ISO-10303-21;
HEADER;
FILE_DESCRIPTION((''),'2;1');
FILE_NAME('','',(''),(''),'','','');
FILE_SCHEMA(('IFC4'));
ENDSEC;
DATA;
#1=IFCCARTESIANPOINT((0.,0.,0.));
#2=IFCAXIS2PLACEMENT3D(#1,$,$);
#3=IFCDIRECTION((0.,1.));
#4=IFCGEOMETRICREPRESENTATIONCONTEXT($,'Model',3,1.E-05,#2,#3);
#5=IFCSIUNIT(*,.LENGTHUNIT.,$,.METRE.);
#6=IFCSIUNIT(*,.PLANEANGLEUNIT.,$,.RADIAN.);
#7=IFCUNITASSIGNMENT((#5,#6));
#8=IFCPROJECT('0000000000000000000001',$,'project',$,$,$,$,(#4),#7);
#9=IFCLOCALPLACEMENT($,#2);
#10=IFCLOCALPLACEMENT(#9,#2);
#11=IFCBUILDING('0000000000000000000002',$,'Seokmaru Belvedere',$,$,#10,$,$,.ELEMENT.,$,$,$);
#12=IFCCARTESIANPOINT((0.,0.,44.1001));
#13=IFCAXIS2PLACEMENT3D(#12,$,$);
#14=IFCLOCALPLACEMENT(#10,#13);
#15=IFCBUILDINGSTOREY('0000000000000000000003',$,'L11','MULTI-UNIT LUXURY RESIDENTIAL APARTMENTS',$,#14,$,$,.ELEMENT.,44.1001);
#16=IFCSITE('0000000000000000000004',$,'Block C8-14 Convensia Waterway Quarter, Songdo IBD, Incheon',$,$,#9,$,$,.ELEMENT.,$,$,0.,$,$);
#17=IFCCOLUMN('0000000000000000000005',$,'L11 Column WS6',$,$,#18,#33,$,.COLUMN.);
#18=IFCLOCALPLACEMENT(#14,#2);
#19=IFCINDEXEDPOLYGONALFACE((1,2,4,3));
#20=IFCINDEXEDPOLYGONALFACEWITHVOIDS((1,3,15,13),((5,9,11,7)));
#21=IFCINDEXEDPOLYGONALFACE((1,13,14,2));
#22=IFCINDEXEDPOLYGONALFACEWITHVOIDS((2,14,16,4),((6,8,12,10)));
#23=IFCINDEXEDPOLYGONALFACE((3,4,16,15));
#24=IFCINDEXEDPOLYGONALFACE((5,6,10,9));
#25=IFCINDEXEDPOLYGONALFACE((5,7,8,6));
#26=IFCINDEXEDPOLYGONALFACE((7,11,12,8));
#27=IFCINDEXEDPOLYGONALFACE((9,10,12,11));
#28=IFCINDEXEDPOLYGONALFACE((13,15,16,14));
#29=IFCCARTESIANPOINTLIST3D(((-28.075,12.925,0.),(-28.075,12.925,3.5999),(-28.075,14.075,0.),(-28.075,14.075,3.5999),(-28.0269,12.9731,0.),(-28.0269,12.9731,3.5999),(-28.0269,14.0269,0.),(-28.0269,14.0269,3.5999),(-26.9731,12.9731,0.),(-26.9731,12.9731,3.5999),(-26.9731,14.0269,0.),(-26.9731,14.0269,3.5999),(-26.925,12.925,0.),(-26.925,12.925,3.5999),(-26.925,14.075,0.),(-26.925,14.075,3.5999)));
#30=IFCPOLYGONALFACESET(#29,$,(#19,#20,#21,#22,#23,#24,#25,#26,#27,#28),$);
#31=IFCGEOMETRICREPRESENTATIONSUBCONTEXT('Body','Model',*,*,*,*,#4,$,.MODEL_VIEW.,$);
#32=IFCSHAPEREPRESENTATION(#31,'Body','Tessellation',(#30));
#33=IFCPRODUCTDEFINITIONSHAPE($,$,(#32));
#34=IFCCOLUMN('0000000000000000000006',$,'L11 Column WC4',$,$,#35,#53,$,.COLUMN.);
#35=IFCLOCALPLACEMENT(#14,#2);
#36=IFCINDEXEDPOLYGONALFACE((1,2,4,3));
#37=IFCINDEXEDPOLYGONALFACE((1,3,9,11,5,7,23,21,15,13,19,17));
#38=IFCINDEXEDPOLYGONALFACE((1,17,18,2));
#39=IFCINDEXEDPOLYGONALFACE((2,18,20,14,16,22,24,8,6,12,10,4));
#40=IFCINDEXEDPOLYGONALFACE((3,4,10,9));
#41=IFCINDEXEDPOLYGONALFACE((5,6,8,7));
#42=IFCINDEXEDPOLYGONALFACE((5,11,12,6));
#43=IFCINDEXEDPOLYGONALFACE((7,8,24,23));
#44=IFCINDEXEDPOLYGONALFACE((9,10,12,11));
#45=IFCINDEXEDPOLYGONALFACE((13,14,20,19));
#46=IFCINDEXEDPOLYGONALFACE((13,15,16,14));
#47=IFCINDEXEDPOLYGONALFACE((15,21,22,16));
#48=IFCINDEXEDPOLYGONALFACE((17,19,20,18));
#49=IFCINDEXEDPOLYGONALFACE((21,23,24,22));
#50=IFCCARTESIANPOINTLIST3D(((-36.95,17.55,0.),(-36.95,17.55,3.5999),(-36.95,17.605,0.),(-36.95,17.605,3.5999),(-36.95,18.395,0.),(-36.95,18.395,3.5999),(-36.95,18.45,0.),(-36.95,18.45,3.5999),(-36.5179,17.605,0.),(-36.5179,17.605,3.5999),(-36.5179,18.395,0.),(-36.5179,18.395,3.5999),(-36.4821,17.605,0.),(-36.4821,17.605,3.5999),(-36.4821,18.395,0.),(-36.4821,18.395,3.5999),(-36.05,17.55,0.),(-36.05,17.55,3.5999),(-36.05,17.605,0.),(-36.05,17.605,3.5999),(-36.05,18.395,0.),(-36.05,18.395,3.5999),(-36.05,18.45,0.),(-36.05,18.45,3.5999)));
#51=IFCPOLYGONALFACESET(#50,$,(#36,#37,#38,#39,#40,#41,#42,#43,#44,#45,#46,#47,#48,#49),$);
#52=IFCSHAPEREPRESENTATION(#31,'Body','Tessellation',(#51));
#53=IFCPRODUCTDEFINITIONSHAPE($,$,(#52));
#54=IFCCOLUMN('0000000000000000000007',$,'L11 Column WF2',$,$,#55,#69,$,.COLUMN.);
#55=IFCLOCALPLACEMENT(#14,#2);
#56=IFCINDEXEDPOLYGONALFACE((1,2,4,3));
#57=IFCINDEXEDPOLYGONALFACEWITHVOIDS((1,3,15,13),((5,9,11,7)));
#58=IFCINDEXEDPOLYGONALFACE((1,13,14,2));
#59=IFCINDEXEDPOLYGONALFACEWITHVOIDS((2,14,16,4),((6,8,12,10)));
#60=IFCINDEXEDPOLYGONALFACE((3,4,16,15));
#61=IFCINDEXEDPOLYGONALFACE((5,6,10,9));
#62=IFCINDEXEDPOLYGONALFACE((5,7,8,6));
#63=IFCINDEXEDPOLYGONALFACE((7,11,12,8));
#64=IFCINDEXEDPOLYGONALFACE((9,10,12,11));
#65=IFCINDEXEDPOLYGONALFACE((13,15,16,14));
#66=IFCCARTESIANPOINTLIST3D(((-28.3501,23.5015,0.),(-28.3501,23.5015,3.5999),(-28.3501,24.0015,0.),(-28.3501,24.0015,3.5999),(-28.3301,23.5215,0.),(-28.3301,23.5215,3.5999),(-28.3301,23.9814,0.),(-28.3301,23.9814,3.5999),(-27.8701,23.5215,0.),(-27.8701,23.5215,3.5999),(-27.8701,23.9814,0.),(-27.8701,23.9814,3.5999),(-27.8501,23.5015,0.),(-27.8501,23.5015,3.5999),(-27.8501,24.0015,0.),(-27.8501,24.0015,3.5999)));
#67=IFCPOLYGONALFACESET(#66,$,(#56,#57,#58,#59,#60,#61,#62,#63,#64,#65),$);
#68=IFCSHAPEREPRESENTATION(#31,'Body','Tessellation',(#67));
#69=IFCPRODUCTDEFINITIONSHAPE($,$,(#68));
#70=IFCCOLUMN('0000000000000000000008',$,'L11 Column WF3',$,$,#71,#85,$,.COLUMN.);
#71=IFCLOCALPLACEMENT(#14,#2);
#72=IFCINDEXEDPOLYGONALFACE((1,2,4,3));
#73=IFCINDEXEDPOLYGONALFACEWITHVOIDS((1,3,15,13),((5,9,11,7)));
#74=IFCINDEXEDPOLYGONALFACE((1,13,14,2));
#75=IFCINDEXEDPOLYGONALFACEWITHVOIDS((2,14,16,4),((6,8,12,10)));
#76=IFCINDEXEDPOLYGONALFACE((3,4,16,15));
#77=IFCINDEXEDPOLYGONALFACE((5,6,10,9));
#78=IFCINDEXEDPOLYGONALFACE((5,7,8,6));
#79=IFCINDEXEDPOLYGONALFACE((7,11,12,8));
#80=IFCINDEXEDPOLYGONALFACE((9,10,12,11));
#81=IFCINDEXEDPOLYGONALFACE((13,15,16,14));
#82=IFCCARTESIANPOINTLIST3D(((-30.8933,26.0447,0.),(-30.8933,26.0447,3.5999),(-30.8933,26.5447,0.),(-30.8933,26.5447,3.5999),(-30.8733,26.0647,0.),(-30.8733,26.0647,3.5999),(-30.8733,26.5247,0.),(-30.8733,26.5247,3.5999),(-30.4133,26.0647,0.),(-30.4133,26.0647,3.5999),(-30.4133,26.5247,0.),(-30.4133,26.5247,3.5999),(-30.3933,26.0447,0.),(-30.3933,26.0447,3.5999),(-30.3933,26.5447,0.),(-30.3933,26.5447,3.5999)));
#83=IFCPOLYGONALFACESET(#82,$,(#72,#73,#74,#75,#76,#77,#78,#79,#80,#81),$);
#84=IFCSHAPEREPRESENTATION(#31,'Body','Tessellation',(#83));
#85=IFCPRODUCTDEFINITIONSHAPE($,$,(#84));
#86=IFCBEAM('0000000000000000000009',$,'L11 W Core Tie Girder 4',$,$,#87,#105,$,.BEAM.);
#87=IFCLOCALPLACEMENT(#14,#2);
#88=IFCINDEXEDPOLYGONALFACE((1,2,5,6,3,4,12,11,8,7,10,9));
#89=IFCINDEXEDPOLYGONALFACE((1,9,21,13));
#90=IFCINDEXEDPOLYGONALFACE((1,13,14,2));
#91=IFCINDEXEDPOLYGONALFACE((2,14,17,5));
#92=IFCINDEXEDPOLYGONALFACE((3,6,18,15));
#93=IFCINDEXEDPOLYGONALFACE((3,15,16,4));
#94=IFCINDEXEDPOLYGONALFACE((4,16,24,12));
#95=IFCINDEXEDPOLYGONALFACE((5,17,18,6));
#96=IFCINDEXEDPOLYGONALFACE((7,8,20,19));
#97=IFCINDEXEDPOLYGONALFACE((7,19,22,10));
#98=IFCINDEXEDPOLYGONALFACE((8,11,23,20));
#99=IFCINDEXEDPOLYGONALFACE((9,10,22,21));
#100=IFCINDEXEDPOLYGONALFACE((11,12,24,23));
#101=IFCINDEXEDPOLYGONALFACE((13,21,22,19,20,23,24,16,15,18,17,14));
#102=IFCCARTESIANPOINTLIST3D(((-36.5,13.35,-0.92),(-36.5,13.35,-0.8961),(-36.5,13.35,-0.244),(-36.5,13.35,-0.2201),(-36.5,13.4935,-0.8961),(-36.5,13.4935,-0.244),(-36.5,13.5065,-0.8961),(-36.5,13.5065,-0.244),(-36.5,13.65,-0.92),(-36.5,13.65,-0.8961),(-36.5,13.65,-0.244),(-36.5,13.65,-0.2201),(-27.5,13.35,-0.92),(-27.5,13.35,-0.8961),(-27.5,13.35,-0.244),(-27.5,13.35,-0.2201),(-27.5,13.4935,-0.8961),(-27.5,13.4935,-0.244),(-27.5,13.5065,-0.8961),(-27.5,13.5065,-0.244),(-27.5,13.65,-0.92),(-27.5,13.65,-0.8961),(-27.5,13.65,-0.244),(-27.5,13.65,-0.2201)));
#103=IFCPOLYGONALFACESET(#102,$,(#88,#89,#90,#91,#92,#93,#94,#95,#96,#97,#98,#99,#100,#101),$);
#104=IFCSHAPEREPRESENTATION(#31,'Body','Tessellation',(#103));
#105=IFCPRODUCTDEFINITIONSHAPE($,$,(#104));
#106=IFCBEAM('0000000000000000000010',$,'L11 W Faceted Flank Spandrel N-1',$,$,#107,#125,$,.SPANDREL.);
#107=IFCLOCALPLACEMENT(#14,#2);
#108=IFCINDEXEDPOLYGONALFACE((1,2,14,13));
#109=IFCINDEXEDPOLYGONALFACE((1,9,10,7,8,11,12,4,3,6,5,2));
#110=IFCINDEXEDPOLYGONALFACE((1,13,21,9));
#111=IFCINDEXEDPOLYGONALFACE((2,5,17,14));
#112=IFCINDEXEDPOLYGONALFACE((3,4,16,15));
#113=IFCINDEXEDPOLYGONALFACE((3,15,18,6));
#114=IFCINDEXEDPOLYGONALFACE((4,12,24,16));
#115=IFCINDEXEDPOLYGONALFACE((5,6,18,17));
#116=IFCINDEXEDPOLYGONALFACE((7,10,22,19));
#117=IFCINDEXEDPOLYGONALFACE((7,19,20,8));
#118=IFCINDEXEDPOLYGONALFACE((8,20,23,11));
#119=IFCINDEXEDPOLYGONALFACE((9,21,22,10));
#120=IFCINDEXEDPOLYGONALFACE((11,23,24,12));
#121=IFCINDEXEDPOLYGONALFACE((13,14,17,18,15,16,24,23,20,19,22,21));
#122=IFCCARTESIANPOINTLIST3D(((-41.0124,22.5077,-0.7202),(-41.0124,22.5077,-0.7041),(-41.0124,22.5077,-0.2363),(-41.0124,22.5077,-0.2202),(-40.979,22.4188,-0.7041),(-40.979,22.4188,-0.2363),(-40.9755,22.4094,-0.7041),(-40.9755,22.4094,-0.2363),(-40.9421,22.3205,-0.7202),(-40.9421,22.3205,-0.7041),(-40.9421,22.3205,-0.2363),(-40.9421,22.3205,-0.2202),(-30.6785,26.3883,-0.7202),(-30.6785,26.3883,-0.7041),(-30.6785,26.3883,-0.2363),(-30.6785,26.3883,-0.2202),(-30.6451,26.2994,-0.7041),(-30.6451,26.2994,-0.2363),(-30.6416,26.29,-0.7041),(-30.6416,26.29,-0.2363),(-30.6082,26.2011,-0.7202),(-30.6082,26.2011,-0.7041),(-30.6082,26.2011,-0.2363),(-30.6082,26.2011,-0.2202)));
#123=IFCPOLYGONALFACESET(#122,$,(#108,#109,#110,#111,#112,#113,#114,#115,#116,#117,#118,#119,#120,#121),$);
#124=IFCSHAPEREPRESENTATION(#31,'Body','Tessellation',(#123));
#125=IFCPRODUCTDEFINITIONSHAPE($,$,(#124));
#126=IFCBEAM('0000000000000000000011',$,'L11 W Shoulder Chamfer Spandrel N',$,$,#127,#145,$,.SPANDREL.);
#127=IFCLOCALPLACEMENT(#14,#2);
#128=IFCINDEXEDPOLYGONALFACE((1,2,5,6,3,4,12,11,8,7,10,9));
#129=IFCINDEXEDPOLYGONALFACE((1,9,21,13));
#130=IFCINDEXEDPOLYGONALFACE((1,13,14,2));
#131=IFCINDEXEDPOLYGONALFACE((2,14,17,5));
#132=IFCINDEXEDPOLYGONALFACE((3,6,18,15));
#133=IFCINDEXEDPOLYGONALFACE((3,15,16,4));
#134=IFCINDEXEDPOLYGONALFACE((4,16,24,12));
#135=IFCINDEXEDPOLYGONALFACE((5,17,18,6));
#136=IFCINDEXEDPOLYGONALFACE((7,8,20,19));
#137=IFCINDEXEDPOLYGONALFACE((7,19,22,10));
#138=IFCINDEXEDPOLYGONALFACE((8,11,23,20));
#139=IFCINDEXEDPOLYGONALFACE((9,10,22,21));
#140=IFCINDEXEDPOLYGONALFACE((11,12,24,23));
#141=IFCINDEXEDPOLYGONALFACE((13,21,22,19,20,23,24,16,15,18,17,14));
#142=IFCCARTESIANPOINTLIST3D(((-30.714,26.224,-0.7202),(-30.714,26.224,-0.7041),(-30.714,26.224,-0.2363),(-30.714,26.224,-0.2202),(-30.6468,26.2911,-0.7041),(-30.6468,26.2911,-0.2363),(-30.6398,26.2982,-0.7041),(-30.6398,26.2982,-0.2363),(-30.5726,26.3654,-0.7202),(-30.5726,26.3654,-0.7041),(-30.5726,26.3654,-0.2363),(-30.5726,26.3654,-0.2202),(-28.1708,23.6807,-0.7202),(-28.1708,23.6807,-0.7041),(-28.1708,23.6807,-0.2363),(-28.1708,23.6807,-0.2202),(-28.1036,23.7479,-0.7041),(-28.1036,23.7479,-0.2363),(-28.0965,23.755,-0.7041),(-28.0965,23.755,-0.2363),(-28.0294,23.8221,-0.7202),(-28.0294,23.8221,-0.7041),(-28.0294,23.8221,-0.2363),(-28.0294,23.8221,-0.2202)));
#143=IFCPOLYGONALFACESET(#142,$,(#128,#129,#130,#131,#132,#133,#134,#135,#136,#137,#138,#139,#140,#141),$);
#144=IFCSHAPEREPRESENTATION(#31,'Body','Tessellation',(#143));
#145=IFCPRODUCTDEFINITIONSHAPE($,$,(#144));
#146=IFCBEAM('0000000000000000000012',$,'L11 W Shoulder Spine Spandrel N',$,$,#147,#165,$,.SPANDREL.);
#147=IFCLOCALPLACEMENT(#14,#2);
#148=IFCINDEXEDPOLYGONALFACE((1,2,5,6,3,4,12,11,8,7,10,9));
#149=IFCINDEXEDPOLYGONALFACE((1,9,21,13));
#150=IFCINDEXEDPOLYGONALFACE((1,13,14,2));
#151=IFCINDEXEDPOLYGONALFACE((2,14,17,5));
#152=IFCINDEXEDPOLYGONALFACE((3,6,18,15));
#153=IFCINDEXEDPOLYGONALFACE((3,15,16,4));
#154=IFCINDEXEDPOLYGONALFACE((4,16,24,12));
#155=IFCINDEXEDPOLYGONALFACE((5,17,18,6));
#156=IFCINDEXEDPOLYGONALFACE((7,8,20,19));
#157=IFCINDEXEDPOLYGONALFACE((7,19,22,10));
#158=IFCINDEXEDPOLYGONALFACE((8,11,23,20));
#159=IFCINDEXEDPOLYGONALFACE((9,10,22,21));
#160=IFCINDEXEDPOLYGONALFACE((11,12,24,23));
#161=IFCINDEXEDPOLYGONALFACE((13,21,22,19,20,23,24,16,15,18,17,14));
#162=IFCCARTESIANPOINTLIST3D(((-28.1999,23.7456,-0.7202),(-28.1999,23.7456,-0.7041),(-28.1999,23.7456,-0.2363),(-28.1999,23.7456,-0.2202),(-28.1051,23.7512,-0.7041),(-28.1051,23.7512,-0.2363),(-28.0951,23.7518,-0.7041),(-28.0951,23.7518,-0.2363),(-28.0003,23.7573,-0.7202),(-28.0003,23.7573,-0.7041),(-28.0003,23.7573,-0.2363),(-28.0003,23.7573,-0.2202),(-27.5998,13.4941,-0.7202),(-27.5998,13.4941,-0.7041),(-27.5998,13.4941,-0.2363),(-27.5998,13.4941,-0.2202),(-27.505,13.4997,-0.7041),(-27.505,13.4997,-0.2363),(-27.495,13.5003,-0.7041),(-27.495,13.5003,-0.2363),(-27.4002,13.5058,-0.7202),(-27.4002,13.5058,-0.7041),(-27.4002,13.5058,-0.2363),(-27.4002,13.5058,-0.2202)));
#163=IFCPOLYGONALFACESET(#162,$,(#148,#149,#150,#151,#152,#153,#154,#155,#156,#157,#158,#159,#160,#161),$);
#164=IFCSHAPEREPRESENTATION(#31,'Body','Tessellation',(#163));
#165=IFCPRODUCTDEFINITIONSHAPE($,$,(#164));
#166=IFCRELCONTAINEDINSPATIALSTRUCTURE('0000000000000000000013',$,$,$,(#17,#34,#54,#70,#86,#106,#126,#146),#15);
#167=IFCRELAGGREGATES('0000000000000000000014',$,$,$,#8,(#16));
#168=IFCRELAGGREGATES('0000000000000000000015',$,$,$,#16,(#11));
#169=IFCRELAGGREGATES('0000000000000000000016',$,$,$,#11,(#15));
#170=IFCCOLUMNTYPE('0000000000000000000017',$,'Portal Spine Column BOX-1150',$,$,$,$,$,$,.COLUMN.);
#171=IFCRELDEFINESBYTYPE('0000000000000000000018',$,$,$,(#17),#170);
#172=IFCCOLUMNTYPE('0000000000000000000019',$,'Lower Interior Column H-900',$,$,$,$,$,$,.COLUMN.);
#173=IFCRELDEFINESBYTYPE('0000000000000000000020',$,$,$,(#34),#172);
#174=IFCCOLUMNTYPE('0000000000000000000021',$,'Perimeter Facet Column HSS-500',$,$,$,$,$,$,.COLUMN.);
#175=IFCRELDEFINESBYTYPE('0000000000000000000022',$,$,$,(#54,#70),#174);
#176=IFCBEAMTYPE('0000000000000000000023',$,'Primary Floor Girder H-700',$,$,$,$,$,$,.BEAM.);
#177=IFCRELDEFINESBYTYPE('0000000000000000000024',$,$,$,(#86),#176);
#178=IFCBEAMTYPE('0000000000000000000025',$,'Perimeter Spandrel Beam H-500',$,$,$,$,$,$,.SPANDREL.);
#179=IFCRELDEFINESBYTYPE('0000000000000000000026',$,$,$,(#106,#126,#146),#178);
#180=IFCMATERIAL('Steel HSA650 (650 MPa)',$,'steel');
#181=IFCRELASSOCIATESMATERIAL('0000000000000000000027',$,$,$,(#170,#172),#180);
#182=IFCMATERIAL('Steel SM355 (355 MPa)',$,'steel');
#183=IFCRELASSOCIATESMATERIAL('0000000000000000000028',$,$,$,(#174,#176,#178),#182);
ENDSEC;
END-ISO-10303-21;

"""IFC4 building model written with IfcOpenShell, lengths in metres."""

from ifc_helpers import new_model, si_unit, direction, frame, origin, origin_2d, place, context, subcontext, project, spatial, hollow_rectangle, i_section, extrude, source, transform, mapped, material, material_profile, profile_set, type_object, type_shapes, element, save


model = new_model("IFC4")

# Units and contexts
model_context = context("Model", 3, precision=1e-05, world=origin(), true_north=direction((0.0, 1.0)))
body_context = subcontext(model_context, "Body", "Model", "MODEL_VIEW")
ifc_project = project(units=[si_unit("LENGTHUNIT", "METRE"), si_unit("PLANEANGLEUNIT", "RADIAN")], contexts=[model_context])

# Site, building, storey
site_placement = place(None, origin())
site = spatial("IfcSite", under=ifc_project, at=site_placement, Name="Block C8-14 Convensia Waterway Quarter, Songdo IBD, Incheon", CompositionType="ELEMENT", RefElevation=0.0)
building_placement = place(site_placement, origin())
building = spatial("IfcBuilding", under=site, at=building_placement, Name="Seokmaru Belvedere", CompositionType="ELEMENT")
storey_placement = place(building_placement, frame((0.0, 0.0, 44.1001)))
storey = spatial("IfcBuildingStorey", under=building, at=storey_placement, Name="L11", Description="MULTI-UNIT LUXURY RESIDENTIAL APARTMENTS", CompositionType="ELEMENT", Elevation=44.1001)

# Columns
ifc_material_1 = material(Name="Steel HSA650 (650 MPa)", Category="steel")
ifc_material_profile_1 = material_profile(ifc_material_1, hollow_rectangle(XDim=1.1499, YDim=1.1499, WallThickness=0.0481, at=origin_2d()), Name="BOX-1150x1150x48")
ifc_profile_set_1 = profile_set([ifc_material_profile_1], Name="Steel HSA650 (650 MPa)")
column_type_1 = type_object("IfcColumnType", Name="Portal Spine Column BOX-1150", PredefinedType="COLUMN", material=ifc_profile_set_1)
shared_shape_1 = source(origin(), body_context, "Body", "SweptSolid", [
    extrude(hollow_rectangle(XDim=1.1499, YDim=1.1499, WallThickness=0.0481, at=origin_2d()), origin(), (0.0, 0.0, 1.0), 3.5999),
])
type_shapes(column_type_1, [shared_shape_1])
column_1_placement = place(storey_placement, frame((-27.5, 13.5, 0.0), z_axis=(0.0, 0.0, 1.0), x_axis=(1.0, 0.0, 0.0)))
element("IfcColumn", 1, at=column_1_placement, inside=storey, type_object=column_type_1, Name="L11 Column WS6", PredefinedType="COLUMN", context=body_context, shape_type="MappedRepresentation", body=[
    mapped(shared_shape_1, transform((0.0, 0.0, 0.0), scale=1.0)),
])
ifc_material_profile_2 = material_profile(ifc_material_1, i_section(OverallWidth=0.8999, OverallDepth=0.8999, WebThickness=0.0359, FlangeThickness=0.0549, at=origin_2d()), Name="H-900x900x36x55")
ifc_profile_set_2 = profile_set([ifc_material_profile_2], Name="Steel HSA650 (650 MPa)")
column_type_2 = type_object("IfcColumnType", Name="Lower Interior Column H-900", PredefinedType="COLUMN", material=ifc_profile_set_2)
shared_shape_2 = source(origin(), body_context, "Body", "SweptSolid", [
    extrude(i_section(OverallWidth=0.8999, OverallDepth=0.8999, WebThickness=0.0359, FlangeThickness=0.0549, at=origin_2d()), origin(), (0.0, 0.0, 1.0), 3.5999),
])
type_shapes(column_type_2, [shared_shape_2])
column_2_placement = place(storey_placement, frame((-36.5, 18.0, 0.0), z_axis=(0.0, 0.0, 1.0), x_axis=(1.0, 0.0, 0.0)))
element("IfcColumn", 2, at=column_2_placement, inside=storey, type_object=column_type_2, Name="L11 Column WC4", PredefinedType="COLUMN", context=body_context, shape_type="MappedRepresentation", body=[
    mapped(shared_shape_2, transform((0.0, 0.0, 0.0), scale=1.0)),
])
ifc_material_2 = material(Name="Steel SM355 (355 MPa)", Category="steel")
ifc_material_profile_3 = material_profile(ifc_material_2, hollow_rectangle(XDim=0.5, YDim=0.5, WallThickness=0.02, at=origin_2d()), Name="HSS-500x500x20")
ifc_profile_set_3 = profile_set([ifc_material_profile_3], Name="Steel SM355 (355 MPa)")
column_type_3 = type_object("IfcColumnType", Name="Perimeter Facet Column HSS-500", PredefinedType="COLUMN", material=ifc_profile_set_3)
shared_shape_3 = source(origin(), body_context, "Body", "SweptSolid", [
    extrude(hollow_rectangle(XDim=0.5, YDim=0.5, WallThickness=0.02, at=origin_2d()), origin(), (0.0, 0.0, 1.0), 3.5999),
])
type_shapes(column_type_3, [shared_shape_3])
for number, where, z_axis, x_axis, name in (
    (3, (-28.1001, 23.7515, 0.0), (0.0, 0.0, 1.0), (1.0, 0.0, 0.0), "L11 Column WF2"),
    (4, (-30.6433, 26.2947, 0.0), (0.0, 0.0, 1.0), (1.0, 0.0, 0.0), "L11 Column WF3"),
):
    element("IfcColumn", number, at=place(storey_placement, frame(where, z_axis=z_axis, x_axis=x_axis)), inside=storey, type_object=column_type_3, Name=name, PredefinedType="COLUMN", context=body_context, shape_type="MappedRepresentation", body=[
        mapped(shared_shape_3, transform((0.0, 0.0, 0.0), scale=1.0)),
    ])

# Beams
ifc_material_profile_4 = material_profile(ifc_material_2, i_section(OverallWidth=0.3, OverallDepth=0.7, WebThickness=0.0129, FlangeThickness=0.0239, at=origin_2d()), Name="H-700x300x13x24")
ifc_profile_set_4 = profile_set([ifc_material_profile_4], Name="Steel SM355 (355 MPa)")
beam_type_1 = type_object("IfcBeamType", Name="Primary Floor Girder H-700", PredefinedType="BEAM", material=ifc_profile_set_4)
shared_shape_4 = source(origin(), body_context, "Body", "SweptSolid", [
    extrude(i_section(OverallWidth=0.3, OverallDepth=0.7, WebThickness=0.0129, FlangeThickness=0.0239, at=origin_2d()), origin(), (0.0, 0.0, 1.0), 9.0),
])
type_shapes(beam_type_1, [shared_shape_4])
beam_1_placement = place(storey_placement, frame((-36.5, 13.5, -0.5701), z_axis=(1.0, 0.0, 0.0), x_axis=(0.0, 1.0, 0.0)))
element("IfcBeam", 5, at=beam_1_placement, inside=storey, type_object=beam_type_1, Name="L11 W Core Tie Girder 4", PredefinedType="BEAM", context=body_context, shape_type="MappedRepresentation", body=[
    mapped(shared_shape_4, transform((0.0, 0.0, 0.0), scale=1.0)),
])
ifc_material_profile_5 = material_profile(ifc_material_2, i_section(OverallWidth=0.2, OverallDepth=0.5, WebThickness=0.01, FlangeThickness=0.0161, at=origin_2d()), Name="H-500x200x10x16")
ifc_profile_set_5 = profile_set([ifc_material_profile_5], Name="Steel SM355 (355 MPa)")
beam_type_2 = type_object("IfcBeamType", Name="Perimeter Spandrel Beam H-500", PredefinedType="SPANDREL", material=ifc_profile_set_5)
shared_shape_5 = source(origin(), body_context, "Body", "SweptSolid", [
    extrude(i_section(OverallWidth=0.2, OverallDepth=0.5, WebThickness=0.01, FlangeThickness=0.0161, at=origin_2d()), origin(), (0.0, 0.0, 1.0), 11.0386),
])
beam_2_placement = place(storey_placement, frame((-30.6433, 26.2947, -0.4702), z_axis=(-0.936169, -0.35155, 0.0), x_axis=(0.35155, -0.936169, 0.0)))
element("IfcBeam", 6, at=beam_2_placement, inside=storey, type_object=beam_type_2, Name="L11 W Faceted Flank Spandrel N-1", PredefinedType="SPANDREL", context=body_context, shape_type="MappedRepresentation", body=[
    mapped(shared_shape_5, transform((0.0, 0.0, 0.0), scale=1.0)),
])
shared_shape_6 = source(origin(), body_context, "Body", "SweptSolid", [
    extrude(i_section(OverallWidth=0.2, OverallDepth=0.5, WebThickness=0.01, FlangeThickness=0.0161, at=origin_2d()), origin(), (0.0, 0.0, 1.0), 3.5967),
])
beam_3_placement = place(storey_placement, frame((-30.6433, 26.2947, -0.4702), z_axis=(0.707107, -0.707107, 0.0), x_axis=(0.707107, 0.707107, 0.0)))
element("IfcBeam", 7, at=beam_3_placement, inside=storey, type_object=beam_type_2, Name="L11 W Shoulder Chamfer Spandrel N", PredefinedType="SPANDREL", context=body_context, shape_type="MappedRepresentation", body=[
    mapped(shared_shape_6, transform((0.0, 0.0, 0.0), scale=1.0)),
])
shared_shape_7 = source(origin(), body_context, "Body", "SweptSolid", [
    extrude(i_section(OverallWidth=0.2, OverallDepth=0.5, WebThickness=0.01, FlangeThickness=0.0161, at=origin_2d()), origin(), (0.0, 0.0, 1.0), 10.269),
])
type_shapes(beam_type_2, [shared_shape_5, shared_shape_6, shared_shape_7])
beam_4_placement = place(storey_placement, frame((-28.1001, 23.7515, -0.4702), z_axis=(0.058438, -0.998291, 0.0), x_axis=(0.998291, 0.058438, 0.0)))
element("IfcBeam", 8, at=beam_4_placement, inside=storey, type_object=beam_type_2, Name="L11 W Shoulder Spine Spandrel N", PredefinedType="SPANDREL", context=body_context, shape_type="MappedRepresentation", body=[
    mapped(shared_shape_7, transform((0.0, 0.0, 0.0), scale=1.0)),
])

save(model, "model.ifc")
